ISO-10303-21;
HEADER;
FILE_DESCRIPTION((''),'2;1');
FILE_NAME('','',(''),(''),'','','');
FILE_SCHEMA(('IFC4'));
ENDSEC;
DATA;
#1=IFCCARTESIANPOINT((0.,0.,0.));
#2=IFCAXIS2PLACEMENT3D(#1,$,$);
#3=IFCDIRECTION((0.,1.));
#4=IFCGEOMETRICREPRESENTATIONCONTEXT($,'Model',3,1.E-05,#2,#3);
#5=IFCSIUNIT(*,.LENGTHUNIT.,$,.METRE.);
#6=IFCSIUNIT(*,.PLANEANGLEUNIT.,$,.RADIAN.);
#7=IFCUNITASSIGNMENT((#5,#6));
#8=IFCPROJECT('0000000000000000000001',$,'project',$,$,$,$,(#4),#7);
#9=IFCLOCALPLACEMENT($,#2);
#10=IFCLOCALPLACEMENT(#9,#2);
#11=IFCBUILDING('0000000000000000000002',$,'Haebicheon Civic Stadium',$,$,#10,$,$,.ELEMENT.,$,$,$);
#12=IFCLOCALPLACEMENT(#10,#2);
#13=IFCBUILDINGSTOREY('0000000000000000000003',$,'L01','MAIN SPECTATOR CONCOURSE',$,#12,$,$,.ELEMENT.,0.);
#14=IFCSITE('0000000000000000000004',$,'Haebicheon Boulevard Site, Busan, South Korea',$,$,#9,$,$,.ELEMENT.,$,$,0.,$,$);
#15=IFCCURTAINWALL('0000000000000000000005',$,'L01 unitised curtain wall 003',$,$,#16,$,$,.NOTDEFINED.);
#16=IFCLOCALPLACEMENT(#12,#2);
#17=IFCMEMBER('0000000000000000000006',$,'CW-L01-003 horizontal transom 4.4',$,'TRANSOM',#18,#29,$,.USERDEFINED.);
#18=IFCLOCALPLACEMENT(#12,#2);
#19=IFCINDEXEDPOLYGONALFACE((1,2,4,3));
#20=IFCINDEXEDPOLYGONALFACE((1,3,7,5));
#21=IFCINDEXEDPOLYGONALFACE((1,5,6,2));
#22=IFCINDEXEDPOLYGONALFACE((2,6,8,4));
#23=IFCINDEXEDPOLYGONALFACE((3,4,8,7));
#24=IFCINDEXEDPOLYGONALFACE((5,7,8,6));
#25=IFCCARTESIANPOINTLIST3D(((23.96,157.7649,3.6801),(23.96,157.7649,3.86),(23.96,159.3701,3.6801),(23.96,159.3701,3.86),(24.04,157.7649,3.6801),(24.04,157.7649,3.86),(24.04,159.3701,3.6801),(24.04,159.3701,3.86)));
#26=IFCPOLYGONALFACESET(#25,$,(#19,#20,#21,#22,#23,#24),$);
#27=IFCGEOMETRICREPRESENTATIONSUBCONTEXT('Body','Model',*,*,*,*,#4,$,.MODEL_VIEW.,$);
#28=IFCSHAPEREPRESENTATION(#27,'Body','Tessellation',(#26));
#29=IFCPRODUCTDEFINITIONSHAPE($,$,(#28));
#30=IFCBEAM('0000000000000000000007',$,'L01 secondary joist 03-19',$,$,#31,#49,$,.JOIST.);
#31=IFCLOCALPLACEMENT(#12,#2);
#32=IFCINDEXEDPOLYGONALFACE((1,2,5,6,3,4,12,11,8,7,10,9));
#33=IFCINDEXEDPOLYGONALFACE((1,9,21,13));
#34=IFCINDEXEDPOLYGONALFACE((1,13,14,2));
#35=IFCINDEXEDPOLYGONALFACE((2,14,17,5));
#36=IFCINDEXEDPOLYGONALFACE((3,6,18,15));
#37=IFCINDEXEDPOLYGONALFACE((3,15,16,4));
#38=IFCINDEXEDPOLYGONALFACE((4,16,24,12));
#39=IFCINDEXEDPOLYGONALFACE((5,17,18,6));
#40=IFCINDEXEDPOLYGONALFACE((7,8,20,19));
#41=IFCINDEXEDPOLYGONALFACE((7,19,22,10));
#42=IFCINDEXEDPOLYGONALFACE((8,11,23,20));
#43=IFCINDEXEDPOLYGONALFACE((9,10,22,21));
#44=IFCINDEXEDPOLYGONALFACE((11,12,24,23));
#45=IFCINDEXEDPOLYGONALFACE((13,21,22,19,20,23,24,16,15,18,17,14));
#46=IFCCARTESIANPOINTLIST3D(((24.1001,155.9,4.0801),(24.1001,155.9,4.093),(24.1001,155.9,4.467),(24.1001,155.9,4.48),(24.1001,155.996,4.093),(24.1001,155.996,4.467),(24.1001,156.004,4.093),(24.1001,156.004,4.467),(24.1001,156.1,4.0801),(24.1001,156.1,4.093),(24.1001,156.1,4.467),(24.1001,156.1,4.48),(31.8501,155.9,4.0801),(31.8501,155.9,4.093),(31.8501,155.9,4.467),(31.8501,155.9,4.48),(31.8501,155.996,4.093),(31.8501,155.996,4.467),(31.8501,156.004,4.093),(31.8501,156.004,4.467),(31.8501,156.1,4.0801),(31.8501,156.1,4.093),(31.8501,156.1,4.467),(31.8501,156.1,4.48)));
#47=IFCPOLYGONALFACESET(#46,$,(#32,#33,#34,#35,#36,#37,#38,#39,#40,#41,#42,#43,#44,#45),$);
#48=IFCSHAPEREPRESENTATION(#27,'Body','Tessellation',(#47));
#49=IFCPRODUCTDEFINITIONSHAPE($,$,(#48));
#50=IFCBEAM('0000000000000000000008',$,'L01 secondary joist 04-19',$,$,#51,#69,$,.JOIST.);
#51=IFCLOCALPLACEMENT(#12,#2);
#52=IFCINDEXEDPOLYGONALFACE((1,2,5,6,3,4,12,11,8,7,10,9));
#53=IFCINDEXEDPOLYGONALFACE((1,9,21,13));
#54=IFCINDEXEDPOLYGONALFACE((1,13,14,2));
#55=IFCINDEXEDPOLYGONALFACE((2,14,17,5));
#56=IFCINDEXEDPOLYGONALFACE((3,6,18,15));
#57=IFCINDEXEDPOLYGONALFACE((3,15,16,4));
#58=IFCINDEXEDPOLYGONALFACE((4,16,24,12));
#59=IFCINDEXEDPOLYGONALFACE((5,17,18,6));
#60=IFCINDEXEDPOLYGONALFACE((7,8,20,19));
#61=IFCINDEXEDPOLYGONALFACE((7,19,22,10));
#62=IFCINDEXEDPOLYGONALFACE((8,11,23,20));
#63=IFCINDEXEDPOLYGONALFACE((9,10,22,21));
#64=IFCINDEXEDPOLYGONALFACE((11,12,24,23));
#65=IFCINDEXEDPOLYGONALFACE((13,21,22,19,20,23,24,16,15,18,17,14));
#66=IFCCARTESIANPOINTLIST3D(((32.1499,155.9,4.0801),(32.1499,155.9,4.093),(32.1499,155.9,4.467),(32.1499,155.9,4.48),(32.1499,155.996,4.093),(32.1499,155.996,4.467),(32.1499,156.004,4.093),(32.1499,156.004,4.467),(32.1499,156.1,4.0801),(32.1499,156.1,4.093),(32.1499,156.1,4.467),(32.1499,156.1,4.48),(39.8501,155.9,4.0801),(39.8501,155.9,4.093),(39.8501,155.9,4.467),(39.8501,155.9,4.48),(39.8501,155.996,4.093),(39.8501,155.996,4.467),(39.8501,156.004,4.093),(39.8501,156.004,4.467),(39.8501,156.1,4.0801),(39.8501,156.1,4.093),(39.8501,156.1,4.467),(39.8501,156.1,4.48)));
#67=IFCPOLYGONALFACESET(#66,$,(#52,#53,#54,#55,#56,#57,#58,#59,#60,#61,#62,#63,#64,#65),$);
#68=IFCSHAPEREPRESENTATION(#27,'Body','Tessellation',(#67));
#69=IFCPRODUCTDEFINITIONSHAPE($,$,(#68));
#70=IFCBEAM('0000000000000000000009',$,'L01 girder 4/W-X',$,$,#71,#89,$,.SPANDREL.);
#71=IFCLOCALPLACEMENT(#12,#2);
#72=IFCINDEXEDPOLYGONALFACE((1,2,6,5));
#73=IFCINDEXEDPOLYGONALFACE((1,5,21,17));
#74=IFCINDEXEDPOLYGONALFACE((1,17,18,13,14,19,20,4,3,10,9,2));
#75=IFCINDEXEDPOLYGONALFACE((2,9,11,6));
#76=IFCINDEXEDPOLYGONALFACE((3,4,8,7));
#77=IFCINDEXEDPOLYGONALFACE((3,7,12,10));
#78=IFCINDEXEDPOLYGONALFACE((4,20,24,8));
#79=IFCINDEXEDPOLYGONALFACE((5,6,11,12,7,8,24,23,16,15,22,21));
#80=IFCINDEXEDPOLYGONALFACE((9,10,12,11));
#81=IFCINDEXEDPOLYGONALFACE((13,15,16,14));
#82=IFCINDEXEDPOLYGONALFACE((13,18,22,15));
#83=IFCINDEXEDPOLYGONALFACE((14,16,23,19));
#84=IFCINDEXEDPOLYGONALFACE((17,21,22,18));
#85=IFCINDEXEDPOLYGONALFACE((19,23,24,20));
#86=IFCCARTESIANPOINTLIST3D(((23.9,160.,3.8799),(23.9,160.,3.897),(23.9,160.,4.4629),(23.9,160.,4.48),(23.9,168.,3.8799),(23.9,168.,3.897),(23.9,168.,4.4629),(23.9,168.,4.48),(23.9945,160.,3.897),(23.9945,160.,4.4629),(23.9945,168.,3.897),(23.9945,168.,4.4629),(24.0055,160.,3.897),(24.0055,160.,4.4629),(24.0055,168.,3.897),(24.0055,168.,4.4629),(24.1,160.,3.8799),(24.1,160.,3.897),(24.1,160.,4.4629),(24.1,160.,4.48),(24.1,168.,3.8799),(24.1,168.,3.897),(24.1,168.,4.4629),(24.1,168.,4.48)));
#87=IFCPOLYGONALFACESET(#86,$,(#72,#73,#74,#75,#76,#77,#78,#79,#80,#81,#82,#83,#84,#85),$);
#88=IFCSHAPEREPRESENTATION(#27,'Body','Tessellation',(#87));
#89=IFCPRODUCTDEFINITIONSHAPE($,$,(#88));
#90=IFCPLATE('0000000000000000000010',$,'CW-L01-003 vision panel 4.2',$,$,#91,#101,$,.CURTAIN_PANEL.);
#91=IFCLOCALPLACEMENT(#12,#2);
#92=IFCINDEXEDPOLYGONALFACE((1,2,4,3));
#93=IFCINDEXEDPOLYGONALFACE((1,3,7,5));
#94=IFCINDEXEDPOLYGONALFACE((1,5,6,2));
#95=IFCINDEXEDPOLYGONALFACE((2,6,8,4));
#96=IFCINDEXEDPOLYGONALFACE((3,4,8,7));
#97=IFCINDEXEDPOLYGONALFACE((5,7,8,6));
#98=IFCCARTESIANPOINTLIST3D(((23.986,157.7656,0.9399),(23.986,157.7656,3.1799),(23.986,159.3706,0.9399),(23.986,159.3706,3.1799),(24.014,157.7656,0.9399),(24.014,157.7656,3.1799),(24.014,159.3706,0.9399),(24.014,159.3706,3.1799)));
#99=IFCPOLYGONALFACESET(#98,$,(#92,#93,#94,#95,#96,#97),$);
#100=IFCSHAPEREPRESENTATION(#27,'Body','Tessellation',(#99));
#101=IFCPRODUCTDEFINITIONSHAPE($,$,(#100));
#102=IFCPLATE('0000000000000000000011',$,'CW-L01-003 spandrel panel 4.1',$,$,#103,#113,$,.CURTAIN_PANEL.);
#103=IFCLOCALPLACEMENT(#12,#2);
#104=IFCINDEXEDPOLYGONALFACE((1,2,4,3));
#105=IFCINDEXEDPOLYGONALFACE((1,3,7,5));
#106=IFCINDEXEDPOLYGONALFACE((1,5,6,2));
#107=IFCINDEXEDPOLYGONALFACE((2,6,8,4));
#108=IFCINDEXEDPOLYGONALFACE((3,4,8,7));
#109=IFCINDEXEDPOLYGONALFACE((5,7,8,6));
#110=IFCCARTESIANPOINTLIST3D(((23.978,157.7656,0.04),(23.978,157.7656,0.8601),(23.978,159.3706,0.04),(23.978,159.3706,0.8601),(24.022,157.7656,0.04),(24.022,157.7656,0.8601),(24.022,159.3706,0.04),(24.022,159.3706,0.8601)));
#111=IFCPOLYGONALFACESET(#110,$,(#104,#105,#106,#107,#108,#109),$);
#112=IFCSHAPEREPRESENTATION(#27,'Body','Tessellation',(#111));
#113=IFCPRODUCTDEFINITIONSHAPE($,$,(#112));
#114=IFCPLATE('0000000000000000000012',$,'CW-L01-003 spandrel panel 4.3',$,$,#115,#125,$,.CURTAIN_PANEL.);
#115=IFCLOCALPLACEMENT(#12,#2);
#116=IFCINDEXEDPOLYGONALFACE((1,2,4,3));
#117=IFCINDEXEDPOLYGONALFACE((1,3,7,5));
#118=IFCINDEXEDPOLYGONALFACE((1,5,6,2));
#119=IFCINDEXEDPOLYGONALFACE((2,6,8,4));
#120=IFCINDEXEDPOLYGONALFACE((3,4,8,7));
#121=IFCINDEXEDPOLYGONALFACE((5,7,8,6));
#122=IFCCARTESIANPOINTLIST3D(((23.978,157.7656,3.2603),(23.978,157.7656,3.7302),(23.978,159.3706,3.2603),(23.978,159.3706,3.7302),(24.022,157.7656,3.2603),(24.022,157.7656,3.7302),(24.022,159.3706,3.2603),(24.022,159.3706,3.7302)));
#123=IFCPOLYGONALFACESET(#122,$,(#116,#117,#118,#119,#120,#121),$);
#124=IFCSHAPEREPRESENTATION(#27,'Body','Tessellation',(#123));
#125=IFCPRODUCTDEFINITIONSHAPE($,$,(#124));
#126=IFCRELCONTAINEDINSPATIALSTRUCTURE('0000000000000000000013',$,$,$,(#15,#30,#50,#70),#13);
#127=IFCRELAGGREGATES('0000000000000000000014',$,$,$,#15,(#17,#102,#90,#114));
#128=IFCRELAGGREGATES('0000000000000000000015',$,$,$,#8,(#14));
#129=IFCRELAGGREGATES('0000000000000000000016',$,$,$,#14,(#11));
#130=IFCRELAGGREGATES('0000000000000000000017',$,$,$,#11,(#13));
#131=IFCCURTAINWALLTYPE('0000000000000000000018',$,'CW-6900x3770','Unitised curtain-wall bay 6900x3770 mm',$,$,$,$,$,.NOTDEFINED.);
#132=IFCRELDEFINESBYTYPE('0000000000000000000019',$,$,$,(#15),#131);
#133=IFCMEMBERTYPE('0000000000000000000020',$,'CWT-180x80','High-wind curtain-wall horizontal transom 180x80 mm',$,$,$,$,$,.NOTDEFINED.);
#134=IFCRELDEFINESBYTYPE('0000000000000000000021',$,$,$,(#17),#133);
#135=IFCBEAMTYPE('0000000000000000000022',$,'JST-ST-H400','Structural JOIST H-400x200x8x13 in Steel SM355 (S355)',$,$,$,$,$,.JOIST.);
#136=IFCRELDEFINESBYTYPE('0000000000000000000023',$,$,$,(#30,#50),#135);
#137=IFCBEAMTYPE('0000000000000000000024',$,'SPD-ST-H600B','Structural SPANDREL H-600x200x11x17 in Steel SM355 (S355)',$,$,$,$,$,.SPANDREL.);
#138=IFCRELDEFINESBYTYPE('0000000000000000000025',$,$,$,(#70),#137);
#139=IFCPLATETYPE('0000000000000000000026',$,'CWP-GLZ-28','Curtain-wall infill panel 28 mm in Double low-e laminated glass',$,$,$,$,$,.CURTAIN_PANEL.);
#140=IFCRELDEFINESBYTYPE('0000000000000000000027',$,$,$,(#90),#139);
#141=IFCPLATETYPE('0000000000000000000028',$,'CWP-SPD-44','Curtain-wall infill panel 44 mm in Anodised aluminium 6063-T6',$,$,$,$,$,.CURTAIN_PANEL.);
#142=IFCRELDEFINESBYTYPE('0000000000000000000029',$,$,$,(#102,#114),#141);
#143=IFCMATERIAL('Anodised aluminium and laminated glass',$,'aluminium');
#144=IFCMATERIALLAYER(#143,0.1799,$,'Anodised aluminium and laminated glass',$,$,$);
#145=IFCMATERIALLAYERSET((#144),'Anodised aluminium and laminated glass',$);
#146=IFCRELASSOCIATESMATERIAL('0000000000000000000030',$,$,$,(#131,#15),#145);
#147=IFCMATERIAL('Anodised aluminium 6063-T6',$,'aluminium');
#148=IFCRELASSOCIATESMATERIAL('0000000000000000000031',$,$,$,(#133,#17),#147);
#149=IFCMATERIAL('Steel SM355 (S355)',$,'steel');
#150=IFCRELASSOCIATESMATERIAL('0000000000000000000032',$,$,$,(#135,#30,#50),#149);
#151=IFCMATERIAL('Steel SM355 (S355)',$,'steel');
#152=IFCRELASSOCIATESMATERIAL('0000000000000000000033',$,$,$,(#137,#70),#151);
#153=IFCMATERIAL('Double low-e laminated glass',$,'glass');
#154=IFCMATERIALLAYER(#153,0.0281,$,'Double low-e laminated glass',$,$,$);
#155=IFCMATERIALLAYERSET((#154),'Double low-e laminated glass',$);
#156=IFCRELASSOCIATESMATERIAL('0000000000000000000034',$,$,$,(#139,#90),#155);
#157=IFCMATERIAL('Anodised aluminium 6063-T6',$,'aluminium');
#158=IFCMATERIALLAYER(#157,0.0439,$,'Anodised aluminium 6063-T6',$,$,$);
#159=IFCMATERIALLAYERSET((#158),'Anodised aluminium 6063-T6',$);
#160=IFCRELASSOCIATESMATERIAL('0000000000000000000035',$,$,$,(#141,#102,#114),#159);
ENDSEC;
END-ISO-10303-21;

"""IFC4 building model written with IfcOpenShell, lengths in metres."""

from ifc_helpers import new_model, si_unit, direction, frame, origin, origin_2d, place, context, subcontext, project, spatial, rectangle, i_section, extrude, material, layer, layer_set, material_profile, profile_set, type_object, element, aggregate, save


model = new_model("IFC4")

# Units and contexts
model_context = context("Model", 3, precision=1e-05, world=origin(), true_north=direction((0.0, 1.0)))
body_context = subcontext(model_context, "Body", "Model", "MODEL_VIEW")
ifc_project = project(units=[si_unit("LENGTHUNIT", "METRE"), si_unit("PLANEANGLEUNIT", "RADIAN")], contexts=[model_context])

# Site, building, storey
site_placement = place(None, origin())
site = spatial("IfcSite", under=ifc_project, at=site_placement, Name="Haebicheon Boulevard Site, Busan, South Korea", CompositionType="ELEMENT", RefElevation=0.0)
building_placement = place(site_placement, origin())
building = spatial("IfcBuilding", under=site, at=building_placement, Name="Haebicheon Civic Stadium", CompositionType="ELEMENT")
storey_placement = place(building_placement, origin())
storey = spatial("IfcBuildingStorey", under=building, at=storey_placement, Name="L01", Description="MAIN SPECTATOR CONCOURSE", CompositionType="ELEMENT", Elevation=0.0)

# Curtain wall, member
ifc_material_1 = material(Name="Anodised aluminium and laminated glass", Category="aluminium")
ifc_layer_1 = layer(ifc_material_1, 0.1799, Name="Anodised aluminium and laminated glass")
ifc_layer_set_1 = layer_set([ifc_layer_1], Name="Anodised aluminium and laminated glass")
curtain_wall_type = type_object("IfcCurtainWallType", Name="CW-6900x3770", Description="Unitised curtain-wall bay 6900x3770 mm", PredefinedType="NOTDEFINED", material=ifc_layer_set_1)
curtain_wall_placement = place(storey_placement, origin())
curtain_wall = element("IfcCurtainWall", 1, at=curtain_wall_placement, inside=storey, type_object=curtain_wall_type, material=ifc_layer_set_1, Name="L01 unitised curtain wall 003", PredefinedType="NOTDEFINED")
ifc_material_2 = material(Name="Anodised aluminium 6063-T6", Category="aluminium")
ifc_material_profile_1 = material_profile(ifc_material_2, rectangle(XDim=0.0801, YDim=0.1799, at=origin_2d()), Name="ALU-TRAN-80x180")
ifc_profile_set_1 = profile_set([ifc_material_profile_1], Name="Anodised aluminium 6063-T6")
member_type_1 = type_object("IfcMemberType", Name="CWT-180x80", Description="High-wind curtain-wall horizontal transom 180x80 mm", PredefinedType="NOTDEFINED", material=ifc_profile_set_1)
member_1_placement = place(storey_placement, frame((24.0, 157.7649, 3.77), z_axis=(0.0, 1.0, 0.0), x_axis=(-1.0, 0.0, 0.0)))
member_1 = element("IfcMember", 2, at=member_1_placement, type_object=member_type_1, material=ifc_profile_set_1, Name="CW-L01-003 horizontal transom 4.4", ObjectType="TRANSOM", PredefinedType="USERDEFINED", context=body_context, shape_type="SweptSolid", body=[
    extrude(rectangle(XDim=0.0801, YDim=0.1799, at=origin_2d()), origin(), (0.0, 0.0, 1.0), 1.6052),
])

# Beams
ifc_material_3 = material(Name="Steel SM355 (S355)", Category="steel")
ifc_material_profile_2 = material_profile(ifc_material_3, i_section(OverallWidth=0.2, OverallDepth=0.3999, WebThickness=0.0081, FlangeThickness=0.0129, at=origin_2d()), Name="H-400x200x8x13")
ifc_profile_set_2 = profile_set([ifc_material_profile_2], Name="Steel SM355 (S355)")
beam_type_1 = type_object("IfcBeamType", Name="JST-ST-H400", Description="Structural JOIST H-400x200x8x13 in Steel SM355 (S355)", PredefinedType="JOIST", material=ifc_profile_set_2)
beam_1_placement = place(storey_placement, frame((24.1001, 156.0, 4.28), z_axis=(1.0, 0.0, 0.0), x_axis=(0.0, 1.0, 0.0)))
element("IfcBeam", 3, at=beam_1_placement, inside=storey, type_object=beam_type_1, material=ifc_profile_set_2, Name="L01 secondary joist 03-19", PredefinedType="JOIST", context=body_context, shape_type="SweptSolid", body=[
    extrude(i_section(OverallWidth=0.2, OverallDepth=0.3999, WebThickness=0.0081, FlangeThickness=0.0129, at=origin_2d()), origin(), (0.0, 0.0, 1.0), 7.75),
])
beam_2_placement = place(storey_placement, frame((32.1499, 156.0, 4.28), z_axis=(1.0, 0.0, 0.0), x_axis=(0.0, 1.0, 0.0)))
element("IfcBeam", 4, at=beam_2_placement, inside=storey, type_object=beam_type_1, material=ifc_profile_set_2, Name="L01 secondary joist 04-19", PredefinedType="JOIST", context=body_context, shape_type="SweptSolid", body=[
    extrude(i_section(OverallWidth=0.2, OverallDepth=0.3999, WebThickness=0.0081, FlangeThickness=0.0129, at=origin_2d()), origin(), (0.0, 0.0, 1.0), 7.7002),
])
ifc_material_4 = material(Name="Steel SM355 (S355)", Category="steel")
ifc_material_profile_3 = material_profile(ifc_material_4, i_section(OverallWidth=0.2, OverallDepth=0.6001, WebThickness=0.011, FlangeThickness=0.0171, at=origin_2d()), Name="H-600x200x11x17")
ifc_profile_set_3 = profile_set([ifc_material_profile_3], Name="Steel SM355 (S355)")
beam_type_2 = type_object("IfcBeamType", Name="SPD-ST-H600B", Description="Structural SPANDREL H-600x200x11x17 in Steel SM355 (S355)", PredefinedType="SPANDREL", material=ifc_profile_set_3)
beam_3_placement = place(storey_placement, frame((24.0, 160.0, 4.1799), z_axis=(0.0, 1.0, 0.0), x_axis=(-1.0, 0.0, 0.0)))
element("IfcBeam", 5, at=beam_3_placement, inside=storey, type_object=beam_type_2, material=ifc_profile_set_3, Name="L01 girder 4/W-X", PredefinedType="SPANDREL", context=body_context, shape_type="SweptSolid", body=[
    extrude(i_section(OverallWidth=0.2, OverallDepth=0.6001, WebThickness=0.011, FlangeThickness=0.0171, at=origin_2d()), origin(), (0.0, 0.0, 1.0), 8.0),
])

# Plates
ifc_material_5 = material(Name="Double low-e laminated glass", Category="glass")
ifc_layer_2 = layer(ifc_material_5, 0.0281, Name="Double low-e laminated glass")
ifc_layer_set_2 = layer_set([ifc_layer_2], Name="Double low-e laminated glass")
plate_type_1 = type_object("IfcPlateType", Name="CWP-GLZ-28", Description="Curtain-wall infill panel 28 mm in Double low-e laminated glass", PredefinedType="CURTAIN_PANEL", material=ifc_layer_set_2)
plate_1_placement = place(storey_placement, frame((24.0, 158.5681, 0.9399), z_axis=(0.0, 0.0, 1.0), x_axis=(0.0, 1.0, 0.0)))
plate_1 = element("IfcPlate", 6, at=plate_1_placement, type_object=plate_type_1, material=ifc_layer_set_2, Name="CW-L01-003 vision panel 4.2", PredefinedType="CURTAIN_PANEL", context=body_context, shape_type="SweptSolid", body=[
    extrude(rectangle(XDim=1.605, YDim=0.0281, at=origin_2d()), origin(), (0.0, 0.0, 1.0), 2.24),
])
ifc_material_6 = material(Name="Anodised aluminium 6063-T6", Category="aluminium")
ifc_layer_3 = layer(ifc_material_6, 0.0439, Name="Anodised aluminium 6063-T6")
ifc_layer_set_3 = layer_set([ifc_layer_3], Name="Anodised aluminium 6063-T6")
plate_type_2 = type_object("IfcPlateType", Name="CWP-SPD-44", Description="Curtain-wall infill panel 44 mm in Anodised aluminium 6063-T6", PredefinedType="CURTAIN_PANEL", material=ifc_layer_set_3)
plate_2_placement = place(storey_placement, frame((24.0, 158.5681, 0.04), z_axis=(0.0, 0.0, 1.0), x_axis=(0.0, 1.0, 0.0)))
plate_2 = element("IfcPlate", 7, at=plate_2_placement, type_object=plate_type_2, material=ifc_layer_set_3, Name="CW-L01-003 spandrel panel 4.1", PredefinedType="CURTAIN_PANEL", context=body_context, shape_type="SweptSolid", body=[
    extrude(rectangle(XDim=1.605, YDim=0.0439, at=origin_2d()), origin(), (0.0, 0.0, 1.0), 0.8201),
])
plate_3_placement = place(storey_placement, frame((24.0, 158.5681, 3.2603), z_axis=(0.0, 0.0, 1.0), x_axis=(0.0, 1.0, 0.0)))
plate_3 = element("IfcPlate", 8, at=plate_3_placement, type_object=plate_type_2, material=ifc_layer_set_3, Name="CW-L01-003 spandrel panel 4.3", PredefinedType="CURTAIN_PANEL", context=body_context, shape_type="SweptSolid", body=[
    extrude(rectangle(XDim=1.605, YDim=0.0439, at=origin_2d()), origin(), (0.0, 0.0, 1.0), 0.47),
])
aggregate(curtain_wall, [member_1, plate_2, plate_1, plate_3])

save(model, "model.ifc")
